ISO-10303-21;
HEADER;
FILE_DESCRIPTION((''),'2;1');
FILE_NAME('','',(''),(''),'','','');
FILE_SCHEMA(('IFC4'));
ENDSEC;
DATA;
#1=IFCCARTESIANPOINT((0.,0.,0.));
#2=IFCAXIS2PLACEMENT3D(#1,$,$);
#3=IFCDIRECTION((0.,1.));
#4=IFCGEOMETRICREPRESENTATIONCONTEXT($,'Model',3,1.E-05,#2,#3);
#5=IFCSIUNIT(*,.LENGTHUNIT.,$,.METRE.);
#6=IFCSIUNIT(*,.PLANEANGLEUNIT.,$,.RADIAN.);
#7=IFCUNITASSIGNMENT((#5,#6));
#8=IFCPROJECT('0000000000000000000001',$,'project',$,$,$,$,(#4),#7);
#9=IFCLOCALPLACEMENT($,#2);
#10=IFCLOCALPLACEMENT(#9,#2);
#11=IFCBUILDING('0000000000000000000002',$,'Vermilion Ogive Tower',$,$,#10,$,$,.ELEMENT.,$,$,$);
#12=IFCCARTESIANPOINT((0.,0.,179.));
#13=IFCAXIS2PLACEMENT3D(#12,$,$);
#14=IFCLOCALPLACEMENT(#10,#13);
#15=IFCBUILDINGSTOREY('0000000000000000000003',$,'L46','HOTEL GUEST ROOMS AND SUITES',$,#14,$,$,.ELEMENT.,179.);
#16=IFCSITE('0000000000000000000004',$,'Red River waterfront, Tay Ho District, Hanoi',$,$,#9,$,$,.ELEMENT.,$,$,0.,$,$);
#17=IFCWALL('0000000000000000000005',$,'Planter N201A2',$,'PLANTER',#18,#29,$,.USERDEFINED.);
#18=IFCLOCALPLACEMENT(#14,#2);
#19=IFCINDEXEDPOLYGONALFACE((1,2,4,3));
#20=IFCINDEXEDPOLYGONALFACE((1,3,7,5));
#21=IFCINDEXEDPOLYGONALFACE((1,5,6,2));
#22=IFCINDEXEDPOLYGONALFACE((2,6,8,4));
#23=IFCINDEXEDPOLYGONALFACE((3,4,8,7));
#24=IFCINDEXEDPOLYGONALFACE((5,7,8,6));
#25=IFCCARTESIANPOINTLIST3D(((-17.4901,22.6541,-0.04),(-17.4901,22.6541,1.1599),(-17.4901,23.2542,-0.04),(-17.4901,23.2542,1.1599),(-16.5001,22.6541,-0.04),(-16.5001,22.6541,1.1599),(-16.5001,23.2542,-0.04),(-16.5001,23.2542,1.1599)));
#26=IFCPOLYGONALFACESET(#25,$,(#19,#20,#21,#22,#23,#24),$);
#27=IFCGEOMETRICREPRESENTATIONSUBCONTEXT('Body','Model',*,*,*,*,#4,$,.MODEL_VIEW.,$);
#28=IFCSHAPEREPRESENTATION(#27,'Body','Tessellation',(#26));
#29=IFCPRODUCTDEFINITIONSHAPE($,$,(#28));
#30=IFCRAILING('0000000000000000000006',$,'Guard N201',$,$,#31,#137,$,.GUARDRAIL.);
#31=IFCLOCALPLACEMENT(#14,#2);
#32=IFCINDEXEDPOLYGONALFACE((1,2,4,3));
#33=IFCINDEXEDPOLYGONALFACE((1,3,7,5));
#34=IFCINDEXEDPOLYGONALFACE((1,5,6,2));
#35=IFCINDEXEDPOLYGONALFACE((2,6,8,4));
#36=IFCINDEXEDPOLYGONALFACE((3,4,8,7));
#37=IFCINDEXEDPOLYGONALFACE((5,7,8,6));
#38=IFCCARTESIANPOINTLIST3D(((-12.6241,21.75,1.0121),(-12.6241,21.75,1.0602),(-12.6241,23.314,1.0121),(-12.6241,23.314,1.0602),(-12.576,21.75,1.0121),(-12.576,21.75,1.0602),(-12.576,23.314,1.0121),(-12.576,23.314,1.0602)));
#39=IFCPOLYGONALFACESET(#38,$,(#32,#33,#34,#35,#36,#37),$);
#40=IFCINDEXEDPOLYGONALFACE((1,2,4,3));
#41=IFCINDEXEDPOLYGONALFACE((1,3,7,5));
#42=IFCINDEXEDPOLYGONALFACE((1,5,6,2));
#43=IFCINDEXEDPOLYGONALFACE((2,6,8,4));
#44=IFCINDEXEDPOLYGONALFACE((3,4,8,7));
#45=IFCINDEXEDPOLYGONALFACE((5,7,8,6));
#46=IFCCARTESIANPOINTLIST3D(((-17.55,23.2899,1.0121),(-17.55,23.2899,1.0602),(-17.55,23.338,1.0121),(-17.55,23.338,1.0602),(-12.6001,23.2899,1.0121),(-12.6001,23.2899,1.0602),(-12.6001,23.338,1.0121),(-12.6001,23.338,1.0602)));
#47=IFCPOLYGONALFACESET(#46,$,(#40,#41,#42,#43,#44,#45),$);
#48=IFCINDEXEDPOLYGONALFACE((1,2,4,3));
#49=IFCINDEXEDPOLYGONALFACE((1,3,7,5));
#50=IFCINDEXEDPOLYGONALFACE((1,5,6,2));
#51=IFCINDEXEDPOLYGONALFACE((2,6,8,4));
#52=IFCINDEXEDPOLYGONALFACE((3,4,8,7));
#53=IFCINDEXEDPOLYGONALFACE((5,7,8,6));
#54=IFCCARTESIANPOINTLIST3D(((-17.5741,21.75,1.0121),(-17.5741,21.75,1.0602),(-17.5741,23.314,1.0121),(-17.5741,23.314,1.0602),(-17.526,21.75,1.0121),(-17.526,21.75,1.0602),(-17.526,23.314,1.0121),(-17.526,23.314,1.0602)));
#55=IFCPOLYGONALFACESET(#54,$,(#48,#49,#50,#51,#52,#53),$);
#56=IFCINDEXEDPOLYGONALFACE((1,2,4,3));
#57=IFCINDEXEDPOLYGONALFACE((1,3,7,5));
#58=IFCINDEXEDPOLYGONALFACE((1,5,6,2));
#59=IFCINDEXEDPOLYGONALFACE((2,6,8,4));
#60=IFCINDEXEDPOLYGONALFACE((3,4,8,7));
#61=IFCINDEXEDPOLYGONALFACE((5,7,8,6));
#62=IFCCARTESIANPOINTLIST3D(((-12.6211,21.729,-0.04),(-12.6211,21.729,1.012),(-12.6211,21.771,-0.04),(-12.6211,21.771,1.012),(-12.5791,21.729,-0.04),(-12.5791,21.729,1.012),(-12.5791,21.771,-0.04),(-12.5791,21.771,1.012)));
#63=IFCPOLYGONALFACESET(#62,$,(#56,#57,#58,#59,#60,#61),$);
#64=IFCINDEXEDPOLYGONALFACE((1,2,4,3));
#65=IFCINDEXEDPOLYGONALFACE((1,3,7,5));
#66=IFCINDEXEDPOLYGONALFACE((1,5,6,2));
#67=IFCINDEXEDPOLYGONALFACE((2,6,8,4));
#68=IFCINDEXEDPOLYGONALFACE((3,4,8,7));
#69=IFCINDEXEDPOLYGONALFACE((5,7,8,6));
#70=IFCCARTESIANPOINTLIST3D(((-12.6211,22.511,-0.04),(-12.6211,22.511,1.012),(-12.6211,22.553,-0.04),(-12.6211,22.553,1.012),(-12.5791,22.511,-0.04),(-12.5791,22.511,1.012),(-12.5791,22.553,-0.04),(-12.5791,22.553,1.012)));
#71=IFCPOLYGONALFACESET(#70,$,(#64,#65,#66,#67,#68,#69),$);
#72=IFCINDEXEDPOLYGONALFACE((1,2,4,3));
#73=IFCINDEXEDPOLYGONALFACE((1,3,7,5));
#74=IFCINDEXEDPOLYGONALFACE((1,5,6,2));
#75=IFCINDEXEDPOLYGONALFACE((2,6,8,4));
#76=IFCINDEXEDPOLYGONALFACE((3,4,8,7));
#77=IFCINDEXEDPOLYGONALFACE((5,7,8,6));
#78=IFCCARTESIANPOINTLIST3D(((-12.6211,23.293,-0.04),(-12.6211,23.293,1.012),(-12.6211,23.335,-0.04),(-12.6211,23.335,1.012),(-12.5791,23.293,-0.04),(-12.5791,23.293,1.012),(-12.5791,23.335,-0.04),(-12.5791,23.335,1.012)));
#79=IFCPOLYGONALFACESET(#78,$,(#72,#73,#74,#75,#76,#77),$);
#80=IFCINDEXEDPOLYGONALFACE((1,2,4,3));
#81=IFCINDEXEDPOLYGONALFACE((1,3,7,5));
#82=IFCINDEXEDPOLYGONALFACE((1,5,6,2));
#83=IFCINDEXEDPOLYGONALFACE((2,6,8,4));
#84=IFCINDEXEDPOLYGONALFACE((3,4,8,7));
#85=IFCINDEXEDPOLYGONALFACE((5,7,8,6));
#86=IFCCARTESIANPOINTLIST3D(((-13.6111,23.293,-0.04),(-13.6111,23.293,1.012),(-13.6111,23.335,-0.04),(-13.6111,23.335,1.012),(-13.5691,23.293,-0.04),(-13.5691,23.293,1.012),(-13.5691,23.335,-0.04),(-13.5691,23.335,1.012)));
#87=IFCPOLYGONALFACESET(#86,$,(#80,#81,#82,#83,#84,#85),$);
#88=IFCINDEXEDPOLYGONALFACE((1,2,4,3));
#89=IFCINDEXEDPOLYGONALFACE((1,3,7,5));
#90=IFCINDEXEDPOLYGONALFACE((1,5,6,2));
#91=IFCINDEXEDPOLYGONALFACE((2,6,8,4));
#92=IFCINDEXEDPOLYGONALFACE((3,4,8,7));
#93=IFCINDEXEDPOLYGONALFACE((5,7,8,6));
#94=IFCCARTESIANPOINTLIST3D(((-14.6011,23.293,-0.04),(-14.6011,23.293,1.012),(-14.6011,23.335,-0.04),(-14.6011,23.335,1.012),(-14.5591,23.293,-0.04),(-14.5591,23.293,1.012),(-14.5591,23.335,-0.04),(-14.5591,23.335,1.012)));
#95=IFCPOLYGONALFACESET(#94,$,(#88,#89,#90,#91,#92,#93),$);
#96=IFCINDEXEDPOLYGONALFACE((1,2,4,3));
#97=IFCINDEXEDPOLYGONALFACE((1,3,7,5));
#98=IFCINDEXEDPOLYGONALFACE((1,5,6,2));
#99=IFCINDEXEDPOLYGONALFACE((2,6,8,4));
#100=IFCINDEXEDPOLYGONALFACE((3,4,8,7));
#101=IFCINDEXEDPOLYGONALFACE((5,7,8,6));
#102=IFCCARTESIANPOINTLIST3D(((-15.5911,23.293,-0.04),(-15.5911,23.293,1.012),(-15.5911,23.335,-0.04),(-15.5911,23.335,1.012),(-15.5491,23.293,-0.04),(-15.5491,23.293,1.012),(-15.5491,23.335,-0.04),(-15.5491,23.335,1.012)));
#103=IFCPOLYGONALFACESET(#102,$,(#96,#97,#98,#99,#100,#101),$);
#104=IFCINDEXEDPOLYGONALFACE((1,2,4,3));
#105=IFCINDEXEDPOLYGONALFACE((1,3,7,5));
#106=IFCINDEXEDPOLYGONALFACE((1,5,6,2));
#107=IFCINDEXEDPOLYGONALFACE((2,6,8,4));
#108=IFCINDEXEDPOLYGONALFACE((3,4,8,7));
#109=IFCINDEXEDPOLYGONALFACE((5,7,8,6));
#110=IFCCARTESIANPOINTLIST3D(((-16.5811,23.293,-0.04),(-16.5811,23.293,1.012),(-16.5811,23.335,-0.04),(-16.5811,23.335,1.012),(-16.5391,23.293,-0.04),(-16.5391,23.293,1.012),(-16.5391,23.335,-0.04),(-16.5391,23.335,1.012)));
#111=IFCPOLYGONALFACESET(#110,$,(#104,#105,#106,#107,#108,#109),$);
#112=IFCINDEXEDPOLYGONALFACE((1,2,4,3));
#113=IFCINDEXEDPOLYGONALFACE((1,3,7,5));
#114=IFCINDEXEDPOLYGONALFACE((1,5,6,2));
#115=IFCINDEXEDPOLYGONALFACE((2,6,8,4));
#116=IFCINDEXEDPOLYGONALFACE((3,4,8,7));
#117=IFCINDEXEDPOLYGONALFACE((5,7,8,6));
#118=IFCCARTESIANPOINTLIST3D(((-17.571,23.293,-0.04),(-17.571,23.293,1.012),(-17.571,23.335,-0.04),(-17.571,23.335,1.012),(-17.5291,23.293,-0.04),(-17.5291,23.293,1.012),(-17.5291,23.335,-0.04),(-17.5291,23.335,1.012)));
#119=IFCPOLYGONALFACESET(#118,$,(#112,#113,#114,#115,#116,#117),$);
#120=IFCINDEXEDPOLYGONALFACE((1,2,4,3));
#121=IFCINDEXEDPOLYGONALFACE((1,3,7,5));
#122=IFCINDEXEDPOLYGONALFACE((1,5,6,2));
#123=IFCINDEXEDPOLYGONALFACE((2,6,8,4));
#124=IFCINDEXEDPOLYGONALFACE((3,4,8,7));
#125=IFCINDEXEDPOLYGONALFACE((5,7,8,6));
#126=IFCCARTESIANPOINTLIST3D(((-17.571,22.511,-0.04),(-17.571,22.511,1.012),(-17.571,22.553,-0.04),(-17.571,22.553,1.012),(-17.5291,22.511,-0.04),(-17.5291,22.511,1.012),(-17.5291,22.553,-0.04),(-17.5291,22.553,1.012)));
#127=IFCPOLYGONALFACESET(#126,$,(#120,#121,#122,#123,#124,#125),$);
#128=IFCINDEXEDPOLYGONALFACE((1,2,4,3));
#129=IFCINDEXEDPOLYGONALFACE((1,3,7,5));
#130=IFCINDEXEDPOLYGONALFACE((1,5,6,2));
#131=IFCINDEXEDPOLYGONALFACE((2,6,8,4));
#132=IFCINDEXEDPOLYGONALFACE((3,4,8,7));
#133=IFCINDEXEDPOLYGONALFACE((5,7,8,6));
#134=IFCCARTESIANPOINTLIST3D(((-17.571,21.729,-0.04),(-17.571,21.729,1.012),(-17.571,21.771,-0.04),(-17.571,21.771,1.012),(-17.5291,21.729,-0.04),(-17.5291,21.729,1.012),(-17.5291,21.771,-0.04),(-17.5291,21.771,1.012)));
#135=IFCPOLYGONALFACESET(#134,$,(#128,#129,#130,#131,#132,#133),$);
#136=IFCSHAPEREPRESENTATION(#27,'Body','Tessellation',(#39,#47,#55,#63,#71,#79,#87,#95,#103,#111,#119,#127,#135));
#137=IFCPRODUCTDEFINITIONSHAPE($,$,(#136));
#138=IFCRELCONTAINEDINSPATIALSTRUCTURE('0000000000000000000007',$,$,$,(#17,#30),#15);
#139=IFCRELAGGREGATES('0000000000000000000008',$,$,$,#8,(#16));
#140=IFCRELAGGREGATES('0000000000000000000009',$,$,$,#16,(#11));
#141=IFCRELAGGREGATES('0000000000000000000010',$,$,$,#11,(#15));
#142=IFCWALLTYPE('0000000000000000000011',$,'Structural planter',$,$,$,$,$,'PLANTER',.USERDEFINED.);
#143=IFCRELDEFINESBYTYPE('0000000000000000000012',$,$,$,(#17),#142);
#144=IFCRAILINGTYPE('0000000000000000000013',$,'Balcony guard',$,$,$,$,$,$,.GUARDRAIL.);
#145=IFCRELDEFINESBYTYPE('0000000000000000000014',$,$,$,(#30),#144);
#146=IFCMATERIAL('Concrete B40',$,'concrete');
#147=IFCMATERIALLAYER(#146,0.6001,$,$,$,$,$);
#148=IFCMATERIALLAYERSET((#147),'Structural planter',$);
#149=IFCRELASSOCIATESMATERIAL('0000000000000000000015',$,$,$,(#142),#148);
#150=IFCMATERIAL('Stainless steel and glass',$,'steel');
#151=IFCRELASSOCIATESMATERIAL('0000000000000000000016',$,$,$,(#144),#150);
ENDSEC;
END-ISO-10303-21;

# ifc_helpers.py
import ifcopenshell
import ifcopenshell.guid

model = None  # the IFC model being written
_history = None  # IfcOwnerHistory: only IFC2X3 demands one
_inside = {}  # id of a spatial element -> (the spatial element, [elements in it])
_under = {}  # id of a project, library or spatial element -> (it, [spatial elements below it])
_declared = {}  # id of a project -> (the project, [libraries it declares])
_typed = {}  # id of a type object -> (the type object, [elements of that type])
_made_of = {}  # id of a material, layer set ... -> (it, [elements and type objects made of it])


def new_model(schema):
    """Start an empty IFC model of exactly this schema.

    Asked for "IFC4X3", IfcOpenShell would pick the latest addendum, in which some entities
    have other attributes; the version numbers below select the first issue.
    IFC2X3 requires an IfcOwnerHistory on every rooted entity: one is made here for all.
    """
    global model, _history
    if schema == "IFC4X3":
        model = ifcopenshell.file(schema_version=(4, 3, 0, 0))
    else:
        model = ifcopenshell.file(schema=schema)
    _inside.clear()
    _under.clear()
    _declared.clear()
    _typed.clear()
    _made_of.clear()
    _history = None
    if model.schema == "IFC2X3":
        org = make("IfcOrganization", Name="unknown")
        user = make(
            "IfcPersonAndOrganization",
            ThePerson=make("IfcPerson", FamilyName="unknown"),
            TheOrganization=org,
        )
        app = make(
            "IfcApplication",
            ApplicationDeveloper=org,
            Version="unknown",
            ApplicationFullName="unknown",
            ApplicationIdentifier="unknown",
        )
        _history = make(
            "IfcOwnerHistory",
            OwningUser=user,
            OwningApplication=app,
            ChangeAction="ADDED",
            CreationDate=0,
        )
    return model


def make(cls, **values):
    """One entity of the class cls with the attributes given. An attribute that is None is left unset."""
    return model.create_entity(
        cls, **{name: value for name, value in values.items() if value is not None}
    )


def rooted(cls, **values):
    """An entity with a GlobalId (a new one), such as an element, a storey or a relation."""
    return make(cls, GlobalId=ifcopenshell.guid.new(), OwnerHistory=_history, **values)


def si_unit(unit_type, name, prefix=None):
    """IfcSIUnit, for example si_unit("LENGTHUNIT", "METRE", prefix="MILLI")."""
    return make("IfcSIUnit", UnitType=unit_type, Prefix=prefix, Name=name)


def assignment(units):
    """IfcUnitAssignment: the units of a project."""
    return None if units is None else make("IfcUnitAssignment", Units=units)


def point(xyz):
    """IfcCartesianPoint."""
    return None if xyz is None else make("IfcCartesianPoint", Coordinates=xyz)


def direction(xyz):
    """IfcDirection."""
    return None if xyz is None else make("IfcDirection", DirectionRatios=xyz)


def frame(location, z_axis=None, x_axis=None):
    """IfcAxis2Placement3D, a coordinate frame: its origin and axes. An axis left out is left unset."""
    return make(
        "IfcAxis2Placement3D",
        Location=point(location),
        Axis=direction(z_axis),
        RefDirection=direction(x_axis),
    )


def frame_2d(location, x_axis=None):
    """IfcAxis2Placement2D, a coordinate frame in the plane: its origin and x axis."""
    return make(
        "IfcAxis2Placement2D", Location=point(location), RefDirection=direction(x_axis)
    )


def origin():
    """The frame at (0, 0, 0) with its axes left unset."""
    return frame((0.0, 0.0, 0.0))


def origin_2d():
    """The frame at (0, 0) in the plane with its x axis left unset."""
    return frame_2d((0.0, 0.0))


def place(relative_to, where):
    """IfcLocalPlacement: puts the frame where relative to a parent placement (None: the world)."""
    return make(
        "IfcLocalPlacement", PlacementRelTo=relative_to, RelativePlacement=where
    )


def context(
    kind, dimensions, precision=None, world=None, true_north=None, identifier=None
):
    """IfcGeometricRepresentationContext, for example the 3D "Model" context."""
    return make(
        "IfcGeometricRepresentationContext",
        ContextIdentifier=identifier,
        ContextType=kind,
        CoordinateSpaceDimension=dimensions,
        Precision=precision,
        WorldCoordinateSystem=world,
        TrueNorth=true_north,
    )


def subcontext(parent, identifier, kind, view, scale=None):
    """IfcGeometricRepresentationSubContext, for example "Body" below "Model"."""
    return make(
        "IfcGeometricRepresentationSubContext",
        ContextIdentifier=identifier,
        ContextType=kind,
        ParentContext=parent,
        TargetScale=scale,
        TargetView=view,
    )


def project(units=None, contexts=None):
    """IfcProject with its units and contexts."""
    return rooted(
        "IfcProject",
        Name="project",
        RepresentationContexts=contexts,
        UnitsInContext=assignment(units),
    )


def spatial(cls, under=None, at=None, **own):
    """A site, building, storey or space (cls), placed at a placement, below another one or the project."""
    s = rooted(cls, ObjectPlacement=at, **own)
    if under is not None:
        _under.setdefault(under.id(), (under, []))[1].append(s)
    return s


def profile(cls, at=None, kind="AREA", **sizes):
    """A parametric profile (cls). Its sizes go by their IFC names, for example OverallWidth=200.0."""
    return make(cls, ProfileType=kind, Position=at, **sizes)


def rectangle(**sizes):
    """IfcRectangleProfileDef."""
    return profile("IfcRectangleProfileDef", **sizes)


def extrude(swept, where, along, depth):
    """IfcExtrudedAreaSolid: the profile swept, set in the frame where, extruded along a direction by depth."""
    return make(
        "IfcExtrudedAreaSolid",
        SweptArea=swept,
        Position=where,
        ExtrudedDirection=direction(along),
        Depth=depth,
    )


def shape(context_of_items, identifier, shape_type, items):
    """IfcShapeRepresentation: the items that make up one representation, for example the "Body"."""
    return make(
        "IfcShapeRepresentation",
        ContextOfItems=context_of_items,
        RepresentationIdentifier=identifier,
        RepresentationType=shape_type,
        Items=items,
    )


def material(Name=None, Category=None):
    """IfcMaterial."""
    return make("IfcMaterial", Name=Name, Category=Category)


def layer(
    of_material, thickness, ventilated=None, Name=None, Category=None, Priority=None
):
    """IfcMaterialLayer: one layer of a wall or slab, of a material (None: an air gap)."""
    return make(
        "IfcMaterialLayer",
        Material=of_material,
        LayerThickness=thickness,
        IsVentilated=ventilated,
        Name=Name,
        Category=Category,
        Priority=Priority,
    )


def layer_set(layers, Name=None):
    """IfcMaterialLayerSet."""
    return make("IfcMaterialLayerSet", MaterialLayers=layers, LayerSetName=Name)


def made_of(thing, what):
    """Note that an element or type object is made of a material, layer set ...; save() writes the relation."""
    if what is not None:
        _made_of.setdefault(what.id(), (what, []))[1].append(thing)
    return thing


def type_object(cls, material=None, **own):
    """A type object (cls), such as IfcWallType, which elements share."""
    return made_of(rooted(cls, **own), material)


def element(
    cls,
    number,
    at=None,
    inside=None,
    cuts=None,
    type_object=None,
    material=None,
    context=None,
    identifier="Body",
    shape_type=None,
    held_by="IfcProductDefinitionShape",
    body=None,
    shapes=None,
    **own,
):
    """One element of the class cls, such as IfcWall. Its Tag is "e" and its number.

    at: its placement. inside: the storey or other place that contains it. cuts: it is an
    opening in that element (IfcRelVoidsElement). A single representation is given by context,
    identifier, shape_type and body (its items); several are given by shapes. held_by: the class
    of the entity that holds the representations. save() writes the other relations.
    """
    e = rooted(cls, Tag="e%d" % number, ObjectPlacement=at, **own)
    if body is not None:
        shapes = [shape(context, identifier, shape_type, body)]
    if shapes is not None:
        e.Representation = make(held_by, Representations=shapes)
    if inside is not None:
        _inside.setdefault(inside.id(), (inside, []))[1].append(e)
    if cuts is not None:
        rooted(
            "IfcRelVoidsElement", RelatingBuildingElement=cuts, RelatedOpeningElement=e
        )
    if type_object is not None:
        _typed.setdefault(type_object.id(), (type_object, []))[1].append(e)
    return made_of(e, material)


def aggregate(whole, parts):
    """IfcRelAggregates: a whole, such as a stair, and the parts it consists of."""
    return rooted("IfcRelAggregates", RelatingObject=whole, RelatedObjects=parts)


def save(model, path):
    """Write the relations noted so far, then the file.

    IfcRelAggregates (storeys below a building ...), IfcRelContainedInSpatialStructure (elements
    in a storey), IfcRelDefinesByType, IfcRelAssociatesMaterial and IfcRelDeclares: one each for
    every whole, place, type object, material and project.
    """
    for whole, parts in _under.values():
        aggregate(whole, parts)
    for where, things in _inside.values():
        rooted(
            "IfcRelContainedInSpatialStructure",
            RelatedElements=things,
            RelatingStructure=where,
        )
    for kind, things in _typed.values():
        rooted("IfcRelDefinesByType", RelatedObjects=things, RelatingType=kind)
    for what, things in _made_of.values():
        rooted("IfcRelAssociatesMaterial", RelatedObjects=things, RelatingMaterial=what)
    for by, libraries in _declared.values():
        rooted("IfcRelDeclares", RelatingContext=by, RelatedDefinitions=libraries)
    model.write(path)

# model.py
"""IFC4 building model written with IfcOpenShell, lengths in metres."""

from ifc_helpers import new_model, si_unit, direction, frame, frame_2d, origin, origin_2d, place, context, subcontext, project, spatial, rectangle, extrude, material, layer, layer_set, type_object, element, save


model = new_model("IFC4")

# Units and contexts
model_context = context("Model", 3, precision=1e-05, world=origin(), true_north=direction((0.0, 1.0)))
body_context = subcontext(model_context, "Body", "Model", "MODEL_VIEW")
ifc_project = project(units=[si_unit("LENGTHUNIT", "METRE"), si_unit("PLANEANGLEUNIT", "RADIAN")], contexts=[model_context])

# Site, building, storey
site_placement = place(None, origin())
site = spatial("IfcSite", under=ifc_project, at=site_placement, Name="Red River waterfront, Tay Ho District, Hanoi", CompositionType="ELEMENT", RefElevation=0.0)
building_placement = place(site_placement, origin())
building = spatial("IfcBuilding", under=site, at=building_placement, Name="Vermilion Ogive Tower", CompositionType="ELEMENT")
storey_placement = place(building_placement, frame((0.0, 0.0, 179.0)))
storey = spatial("IfcBuildingStorey", under=building, at=storey_placement, Name="L46", Description="HOTEL GUEST ROOMS AND SUITES", CompositionType="ELEMENT", Elevation=179.0)

# Wall
ifc_material_1 = material(Name="Concrete B40", Category="concrete")
ifc_layer_1 = layer(ifc_material_1, 0.6001)
ifc_layer_set_1 = layer_set([ifc_layer_1], Name="Structural planter")
wall_type_1 = type_object("IfcWallType", Name="Structural planter", ElementType="PLANTER", PredefinedType="USERDEFINED", material=ifc_layer_set_1)
wall_1_placement = place(storey_placement, frame((-16.5, 22.9541, -0.04), z_axis=(0.0, 0.0, 1.0), x_axis=(-1.0, 0.0, 0.0)))
element("IfcWall", 1, at=wall_1_placement, inside=storey, type_object=wall_type_1, Name="Planter N201A2", ObjectType="PLANTER", PredefinedType="USERDEFINED", context=body_context, shape_type="SweptSolid", body=[
    extrude(rectangle(XDim=0.99, YDim=0.6001, at=frame_2d((0.4951, 0.0))), origin(), (0.0, 0.0, 1.0), 1.2),
])

# Railing
ifc_material_2 = material(Name="Stainless steel and glass", Category="steel")
railing_type = type_object("IfcRailingType", Name="Balcony guard", PredefinedType="GUARDRAIL", material=ifc_material_2)
railing_placement = place(storey_placement, frame((-12.6001, 21.75, -0.04)))
element("IfcRailing", 2, at=railing_placement, inside=storey, type_object=railing_type, Name="Guard N201", PredefinedType="GUARDRAIL", context=body_context, shape_type="SweptSolid", body=[
    extrude(rectangle(XDim=0.0481, YDim=0.0481, at=origin_2d()), frame((0.0, 0.0, 1.0762), z_axis=(0.0, 1.0, 0.0), x_axis=(-1.0, 0.0, 0.0)), (0.0, 0.0, 1.0), 1.564),
    extrude(rectangle(XDim=0.0481, YDim=0.0481, at=origin_2d()), frame((0.0, 1.564, 1.0762), z_axis=(-1.0, 0.0, 0.0), x_axis=(0.0, -1.0, 0.0)), (0.0, 0.0, 1.0), 4.95),
    extrude(rectangle(XDim=0.0481, YDim=0.0481, at=origin_2d()), frame((-4.95, 1.564, 1.0762), z_axis=(0.0, -1.0, 0.0), x_axis=(1.0, 0.0, 0.0)), (0.0, 0.0, 1.0), 1.564),
    extrude(rectangle(XDim=0.042, YDim=0.042, at=origin_2d()), origin(), (0.0, 0.0, 1.0), 1.052),
    extrude(rectangle(XDim=0.042, YDim=0.042, at=origin_2d()), frame((0.0, 0.782, 0.0)), (0.0, 0.0, 1.0), 1.052),
    extrude(rectangle(XDim=0.042, YDim=0.042, at=origin_2d()), frame((0.0, 1.564, 0.0)), (0.0, 0.0, 1.0), 1.052),
    extrude(rectangle(XDim=0.042, YDim=0.042, at=origin_2d()), frame((-0.99, 1.564, 0.0)), (0.0, 0.0, 1.0), 1.052),
    extrude(rectangle(XDim=0.042, YDim=0.042, at=origin_2d()), frame((-1.98, 1.564, 0.0)), (0.0, 0.0, 1.0), 1.052),
    extrude(rectangle(XDim=0.042, YDim=0.042, at=origin_2d()), frame((-2.97, 1.564, 0.0)), (0.0, 0.0, 1.0), 1.052),
    extrude(rectangle(XDim=0.042, YDim=0.042, at=origin_2d()), frame((-3.96, 1.564, 0.0)), (0.0, 0.0, 1.0), 1.052),
    extrude(rectangle(XDim=0.042, YDim=0.042, at=origin_2d()), frame((-4.95, 1.564, 0.0)), (0.0, 0.0, 1.0), 1.052),
    extrude(rectangle(XDim=0.042, YDim=0.042, at=origin_2d()), frame((-4.95, 0.782, 0.0)), (0.0, 0.0, 1.0), 1.052),
    extrude(rectangle(XDim=0.042, YDim=0.042, at=origin_2d()), frame((-4.95, 0.0, 0.0)), (0.0, 0.0, 1.0), 1.052),
])

save(model, "model.ifc")
